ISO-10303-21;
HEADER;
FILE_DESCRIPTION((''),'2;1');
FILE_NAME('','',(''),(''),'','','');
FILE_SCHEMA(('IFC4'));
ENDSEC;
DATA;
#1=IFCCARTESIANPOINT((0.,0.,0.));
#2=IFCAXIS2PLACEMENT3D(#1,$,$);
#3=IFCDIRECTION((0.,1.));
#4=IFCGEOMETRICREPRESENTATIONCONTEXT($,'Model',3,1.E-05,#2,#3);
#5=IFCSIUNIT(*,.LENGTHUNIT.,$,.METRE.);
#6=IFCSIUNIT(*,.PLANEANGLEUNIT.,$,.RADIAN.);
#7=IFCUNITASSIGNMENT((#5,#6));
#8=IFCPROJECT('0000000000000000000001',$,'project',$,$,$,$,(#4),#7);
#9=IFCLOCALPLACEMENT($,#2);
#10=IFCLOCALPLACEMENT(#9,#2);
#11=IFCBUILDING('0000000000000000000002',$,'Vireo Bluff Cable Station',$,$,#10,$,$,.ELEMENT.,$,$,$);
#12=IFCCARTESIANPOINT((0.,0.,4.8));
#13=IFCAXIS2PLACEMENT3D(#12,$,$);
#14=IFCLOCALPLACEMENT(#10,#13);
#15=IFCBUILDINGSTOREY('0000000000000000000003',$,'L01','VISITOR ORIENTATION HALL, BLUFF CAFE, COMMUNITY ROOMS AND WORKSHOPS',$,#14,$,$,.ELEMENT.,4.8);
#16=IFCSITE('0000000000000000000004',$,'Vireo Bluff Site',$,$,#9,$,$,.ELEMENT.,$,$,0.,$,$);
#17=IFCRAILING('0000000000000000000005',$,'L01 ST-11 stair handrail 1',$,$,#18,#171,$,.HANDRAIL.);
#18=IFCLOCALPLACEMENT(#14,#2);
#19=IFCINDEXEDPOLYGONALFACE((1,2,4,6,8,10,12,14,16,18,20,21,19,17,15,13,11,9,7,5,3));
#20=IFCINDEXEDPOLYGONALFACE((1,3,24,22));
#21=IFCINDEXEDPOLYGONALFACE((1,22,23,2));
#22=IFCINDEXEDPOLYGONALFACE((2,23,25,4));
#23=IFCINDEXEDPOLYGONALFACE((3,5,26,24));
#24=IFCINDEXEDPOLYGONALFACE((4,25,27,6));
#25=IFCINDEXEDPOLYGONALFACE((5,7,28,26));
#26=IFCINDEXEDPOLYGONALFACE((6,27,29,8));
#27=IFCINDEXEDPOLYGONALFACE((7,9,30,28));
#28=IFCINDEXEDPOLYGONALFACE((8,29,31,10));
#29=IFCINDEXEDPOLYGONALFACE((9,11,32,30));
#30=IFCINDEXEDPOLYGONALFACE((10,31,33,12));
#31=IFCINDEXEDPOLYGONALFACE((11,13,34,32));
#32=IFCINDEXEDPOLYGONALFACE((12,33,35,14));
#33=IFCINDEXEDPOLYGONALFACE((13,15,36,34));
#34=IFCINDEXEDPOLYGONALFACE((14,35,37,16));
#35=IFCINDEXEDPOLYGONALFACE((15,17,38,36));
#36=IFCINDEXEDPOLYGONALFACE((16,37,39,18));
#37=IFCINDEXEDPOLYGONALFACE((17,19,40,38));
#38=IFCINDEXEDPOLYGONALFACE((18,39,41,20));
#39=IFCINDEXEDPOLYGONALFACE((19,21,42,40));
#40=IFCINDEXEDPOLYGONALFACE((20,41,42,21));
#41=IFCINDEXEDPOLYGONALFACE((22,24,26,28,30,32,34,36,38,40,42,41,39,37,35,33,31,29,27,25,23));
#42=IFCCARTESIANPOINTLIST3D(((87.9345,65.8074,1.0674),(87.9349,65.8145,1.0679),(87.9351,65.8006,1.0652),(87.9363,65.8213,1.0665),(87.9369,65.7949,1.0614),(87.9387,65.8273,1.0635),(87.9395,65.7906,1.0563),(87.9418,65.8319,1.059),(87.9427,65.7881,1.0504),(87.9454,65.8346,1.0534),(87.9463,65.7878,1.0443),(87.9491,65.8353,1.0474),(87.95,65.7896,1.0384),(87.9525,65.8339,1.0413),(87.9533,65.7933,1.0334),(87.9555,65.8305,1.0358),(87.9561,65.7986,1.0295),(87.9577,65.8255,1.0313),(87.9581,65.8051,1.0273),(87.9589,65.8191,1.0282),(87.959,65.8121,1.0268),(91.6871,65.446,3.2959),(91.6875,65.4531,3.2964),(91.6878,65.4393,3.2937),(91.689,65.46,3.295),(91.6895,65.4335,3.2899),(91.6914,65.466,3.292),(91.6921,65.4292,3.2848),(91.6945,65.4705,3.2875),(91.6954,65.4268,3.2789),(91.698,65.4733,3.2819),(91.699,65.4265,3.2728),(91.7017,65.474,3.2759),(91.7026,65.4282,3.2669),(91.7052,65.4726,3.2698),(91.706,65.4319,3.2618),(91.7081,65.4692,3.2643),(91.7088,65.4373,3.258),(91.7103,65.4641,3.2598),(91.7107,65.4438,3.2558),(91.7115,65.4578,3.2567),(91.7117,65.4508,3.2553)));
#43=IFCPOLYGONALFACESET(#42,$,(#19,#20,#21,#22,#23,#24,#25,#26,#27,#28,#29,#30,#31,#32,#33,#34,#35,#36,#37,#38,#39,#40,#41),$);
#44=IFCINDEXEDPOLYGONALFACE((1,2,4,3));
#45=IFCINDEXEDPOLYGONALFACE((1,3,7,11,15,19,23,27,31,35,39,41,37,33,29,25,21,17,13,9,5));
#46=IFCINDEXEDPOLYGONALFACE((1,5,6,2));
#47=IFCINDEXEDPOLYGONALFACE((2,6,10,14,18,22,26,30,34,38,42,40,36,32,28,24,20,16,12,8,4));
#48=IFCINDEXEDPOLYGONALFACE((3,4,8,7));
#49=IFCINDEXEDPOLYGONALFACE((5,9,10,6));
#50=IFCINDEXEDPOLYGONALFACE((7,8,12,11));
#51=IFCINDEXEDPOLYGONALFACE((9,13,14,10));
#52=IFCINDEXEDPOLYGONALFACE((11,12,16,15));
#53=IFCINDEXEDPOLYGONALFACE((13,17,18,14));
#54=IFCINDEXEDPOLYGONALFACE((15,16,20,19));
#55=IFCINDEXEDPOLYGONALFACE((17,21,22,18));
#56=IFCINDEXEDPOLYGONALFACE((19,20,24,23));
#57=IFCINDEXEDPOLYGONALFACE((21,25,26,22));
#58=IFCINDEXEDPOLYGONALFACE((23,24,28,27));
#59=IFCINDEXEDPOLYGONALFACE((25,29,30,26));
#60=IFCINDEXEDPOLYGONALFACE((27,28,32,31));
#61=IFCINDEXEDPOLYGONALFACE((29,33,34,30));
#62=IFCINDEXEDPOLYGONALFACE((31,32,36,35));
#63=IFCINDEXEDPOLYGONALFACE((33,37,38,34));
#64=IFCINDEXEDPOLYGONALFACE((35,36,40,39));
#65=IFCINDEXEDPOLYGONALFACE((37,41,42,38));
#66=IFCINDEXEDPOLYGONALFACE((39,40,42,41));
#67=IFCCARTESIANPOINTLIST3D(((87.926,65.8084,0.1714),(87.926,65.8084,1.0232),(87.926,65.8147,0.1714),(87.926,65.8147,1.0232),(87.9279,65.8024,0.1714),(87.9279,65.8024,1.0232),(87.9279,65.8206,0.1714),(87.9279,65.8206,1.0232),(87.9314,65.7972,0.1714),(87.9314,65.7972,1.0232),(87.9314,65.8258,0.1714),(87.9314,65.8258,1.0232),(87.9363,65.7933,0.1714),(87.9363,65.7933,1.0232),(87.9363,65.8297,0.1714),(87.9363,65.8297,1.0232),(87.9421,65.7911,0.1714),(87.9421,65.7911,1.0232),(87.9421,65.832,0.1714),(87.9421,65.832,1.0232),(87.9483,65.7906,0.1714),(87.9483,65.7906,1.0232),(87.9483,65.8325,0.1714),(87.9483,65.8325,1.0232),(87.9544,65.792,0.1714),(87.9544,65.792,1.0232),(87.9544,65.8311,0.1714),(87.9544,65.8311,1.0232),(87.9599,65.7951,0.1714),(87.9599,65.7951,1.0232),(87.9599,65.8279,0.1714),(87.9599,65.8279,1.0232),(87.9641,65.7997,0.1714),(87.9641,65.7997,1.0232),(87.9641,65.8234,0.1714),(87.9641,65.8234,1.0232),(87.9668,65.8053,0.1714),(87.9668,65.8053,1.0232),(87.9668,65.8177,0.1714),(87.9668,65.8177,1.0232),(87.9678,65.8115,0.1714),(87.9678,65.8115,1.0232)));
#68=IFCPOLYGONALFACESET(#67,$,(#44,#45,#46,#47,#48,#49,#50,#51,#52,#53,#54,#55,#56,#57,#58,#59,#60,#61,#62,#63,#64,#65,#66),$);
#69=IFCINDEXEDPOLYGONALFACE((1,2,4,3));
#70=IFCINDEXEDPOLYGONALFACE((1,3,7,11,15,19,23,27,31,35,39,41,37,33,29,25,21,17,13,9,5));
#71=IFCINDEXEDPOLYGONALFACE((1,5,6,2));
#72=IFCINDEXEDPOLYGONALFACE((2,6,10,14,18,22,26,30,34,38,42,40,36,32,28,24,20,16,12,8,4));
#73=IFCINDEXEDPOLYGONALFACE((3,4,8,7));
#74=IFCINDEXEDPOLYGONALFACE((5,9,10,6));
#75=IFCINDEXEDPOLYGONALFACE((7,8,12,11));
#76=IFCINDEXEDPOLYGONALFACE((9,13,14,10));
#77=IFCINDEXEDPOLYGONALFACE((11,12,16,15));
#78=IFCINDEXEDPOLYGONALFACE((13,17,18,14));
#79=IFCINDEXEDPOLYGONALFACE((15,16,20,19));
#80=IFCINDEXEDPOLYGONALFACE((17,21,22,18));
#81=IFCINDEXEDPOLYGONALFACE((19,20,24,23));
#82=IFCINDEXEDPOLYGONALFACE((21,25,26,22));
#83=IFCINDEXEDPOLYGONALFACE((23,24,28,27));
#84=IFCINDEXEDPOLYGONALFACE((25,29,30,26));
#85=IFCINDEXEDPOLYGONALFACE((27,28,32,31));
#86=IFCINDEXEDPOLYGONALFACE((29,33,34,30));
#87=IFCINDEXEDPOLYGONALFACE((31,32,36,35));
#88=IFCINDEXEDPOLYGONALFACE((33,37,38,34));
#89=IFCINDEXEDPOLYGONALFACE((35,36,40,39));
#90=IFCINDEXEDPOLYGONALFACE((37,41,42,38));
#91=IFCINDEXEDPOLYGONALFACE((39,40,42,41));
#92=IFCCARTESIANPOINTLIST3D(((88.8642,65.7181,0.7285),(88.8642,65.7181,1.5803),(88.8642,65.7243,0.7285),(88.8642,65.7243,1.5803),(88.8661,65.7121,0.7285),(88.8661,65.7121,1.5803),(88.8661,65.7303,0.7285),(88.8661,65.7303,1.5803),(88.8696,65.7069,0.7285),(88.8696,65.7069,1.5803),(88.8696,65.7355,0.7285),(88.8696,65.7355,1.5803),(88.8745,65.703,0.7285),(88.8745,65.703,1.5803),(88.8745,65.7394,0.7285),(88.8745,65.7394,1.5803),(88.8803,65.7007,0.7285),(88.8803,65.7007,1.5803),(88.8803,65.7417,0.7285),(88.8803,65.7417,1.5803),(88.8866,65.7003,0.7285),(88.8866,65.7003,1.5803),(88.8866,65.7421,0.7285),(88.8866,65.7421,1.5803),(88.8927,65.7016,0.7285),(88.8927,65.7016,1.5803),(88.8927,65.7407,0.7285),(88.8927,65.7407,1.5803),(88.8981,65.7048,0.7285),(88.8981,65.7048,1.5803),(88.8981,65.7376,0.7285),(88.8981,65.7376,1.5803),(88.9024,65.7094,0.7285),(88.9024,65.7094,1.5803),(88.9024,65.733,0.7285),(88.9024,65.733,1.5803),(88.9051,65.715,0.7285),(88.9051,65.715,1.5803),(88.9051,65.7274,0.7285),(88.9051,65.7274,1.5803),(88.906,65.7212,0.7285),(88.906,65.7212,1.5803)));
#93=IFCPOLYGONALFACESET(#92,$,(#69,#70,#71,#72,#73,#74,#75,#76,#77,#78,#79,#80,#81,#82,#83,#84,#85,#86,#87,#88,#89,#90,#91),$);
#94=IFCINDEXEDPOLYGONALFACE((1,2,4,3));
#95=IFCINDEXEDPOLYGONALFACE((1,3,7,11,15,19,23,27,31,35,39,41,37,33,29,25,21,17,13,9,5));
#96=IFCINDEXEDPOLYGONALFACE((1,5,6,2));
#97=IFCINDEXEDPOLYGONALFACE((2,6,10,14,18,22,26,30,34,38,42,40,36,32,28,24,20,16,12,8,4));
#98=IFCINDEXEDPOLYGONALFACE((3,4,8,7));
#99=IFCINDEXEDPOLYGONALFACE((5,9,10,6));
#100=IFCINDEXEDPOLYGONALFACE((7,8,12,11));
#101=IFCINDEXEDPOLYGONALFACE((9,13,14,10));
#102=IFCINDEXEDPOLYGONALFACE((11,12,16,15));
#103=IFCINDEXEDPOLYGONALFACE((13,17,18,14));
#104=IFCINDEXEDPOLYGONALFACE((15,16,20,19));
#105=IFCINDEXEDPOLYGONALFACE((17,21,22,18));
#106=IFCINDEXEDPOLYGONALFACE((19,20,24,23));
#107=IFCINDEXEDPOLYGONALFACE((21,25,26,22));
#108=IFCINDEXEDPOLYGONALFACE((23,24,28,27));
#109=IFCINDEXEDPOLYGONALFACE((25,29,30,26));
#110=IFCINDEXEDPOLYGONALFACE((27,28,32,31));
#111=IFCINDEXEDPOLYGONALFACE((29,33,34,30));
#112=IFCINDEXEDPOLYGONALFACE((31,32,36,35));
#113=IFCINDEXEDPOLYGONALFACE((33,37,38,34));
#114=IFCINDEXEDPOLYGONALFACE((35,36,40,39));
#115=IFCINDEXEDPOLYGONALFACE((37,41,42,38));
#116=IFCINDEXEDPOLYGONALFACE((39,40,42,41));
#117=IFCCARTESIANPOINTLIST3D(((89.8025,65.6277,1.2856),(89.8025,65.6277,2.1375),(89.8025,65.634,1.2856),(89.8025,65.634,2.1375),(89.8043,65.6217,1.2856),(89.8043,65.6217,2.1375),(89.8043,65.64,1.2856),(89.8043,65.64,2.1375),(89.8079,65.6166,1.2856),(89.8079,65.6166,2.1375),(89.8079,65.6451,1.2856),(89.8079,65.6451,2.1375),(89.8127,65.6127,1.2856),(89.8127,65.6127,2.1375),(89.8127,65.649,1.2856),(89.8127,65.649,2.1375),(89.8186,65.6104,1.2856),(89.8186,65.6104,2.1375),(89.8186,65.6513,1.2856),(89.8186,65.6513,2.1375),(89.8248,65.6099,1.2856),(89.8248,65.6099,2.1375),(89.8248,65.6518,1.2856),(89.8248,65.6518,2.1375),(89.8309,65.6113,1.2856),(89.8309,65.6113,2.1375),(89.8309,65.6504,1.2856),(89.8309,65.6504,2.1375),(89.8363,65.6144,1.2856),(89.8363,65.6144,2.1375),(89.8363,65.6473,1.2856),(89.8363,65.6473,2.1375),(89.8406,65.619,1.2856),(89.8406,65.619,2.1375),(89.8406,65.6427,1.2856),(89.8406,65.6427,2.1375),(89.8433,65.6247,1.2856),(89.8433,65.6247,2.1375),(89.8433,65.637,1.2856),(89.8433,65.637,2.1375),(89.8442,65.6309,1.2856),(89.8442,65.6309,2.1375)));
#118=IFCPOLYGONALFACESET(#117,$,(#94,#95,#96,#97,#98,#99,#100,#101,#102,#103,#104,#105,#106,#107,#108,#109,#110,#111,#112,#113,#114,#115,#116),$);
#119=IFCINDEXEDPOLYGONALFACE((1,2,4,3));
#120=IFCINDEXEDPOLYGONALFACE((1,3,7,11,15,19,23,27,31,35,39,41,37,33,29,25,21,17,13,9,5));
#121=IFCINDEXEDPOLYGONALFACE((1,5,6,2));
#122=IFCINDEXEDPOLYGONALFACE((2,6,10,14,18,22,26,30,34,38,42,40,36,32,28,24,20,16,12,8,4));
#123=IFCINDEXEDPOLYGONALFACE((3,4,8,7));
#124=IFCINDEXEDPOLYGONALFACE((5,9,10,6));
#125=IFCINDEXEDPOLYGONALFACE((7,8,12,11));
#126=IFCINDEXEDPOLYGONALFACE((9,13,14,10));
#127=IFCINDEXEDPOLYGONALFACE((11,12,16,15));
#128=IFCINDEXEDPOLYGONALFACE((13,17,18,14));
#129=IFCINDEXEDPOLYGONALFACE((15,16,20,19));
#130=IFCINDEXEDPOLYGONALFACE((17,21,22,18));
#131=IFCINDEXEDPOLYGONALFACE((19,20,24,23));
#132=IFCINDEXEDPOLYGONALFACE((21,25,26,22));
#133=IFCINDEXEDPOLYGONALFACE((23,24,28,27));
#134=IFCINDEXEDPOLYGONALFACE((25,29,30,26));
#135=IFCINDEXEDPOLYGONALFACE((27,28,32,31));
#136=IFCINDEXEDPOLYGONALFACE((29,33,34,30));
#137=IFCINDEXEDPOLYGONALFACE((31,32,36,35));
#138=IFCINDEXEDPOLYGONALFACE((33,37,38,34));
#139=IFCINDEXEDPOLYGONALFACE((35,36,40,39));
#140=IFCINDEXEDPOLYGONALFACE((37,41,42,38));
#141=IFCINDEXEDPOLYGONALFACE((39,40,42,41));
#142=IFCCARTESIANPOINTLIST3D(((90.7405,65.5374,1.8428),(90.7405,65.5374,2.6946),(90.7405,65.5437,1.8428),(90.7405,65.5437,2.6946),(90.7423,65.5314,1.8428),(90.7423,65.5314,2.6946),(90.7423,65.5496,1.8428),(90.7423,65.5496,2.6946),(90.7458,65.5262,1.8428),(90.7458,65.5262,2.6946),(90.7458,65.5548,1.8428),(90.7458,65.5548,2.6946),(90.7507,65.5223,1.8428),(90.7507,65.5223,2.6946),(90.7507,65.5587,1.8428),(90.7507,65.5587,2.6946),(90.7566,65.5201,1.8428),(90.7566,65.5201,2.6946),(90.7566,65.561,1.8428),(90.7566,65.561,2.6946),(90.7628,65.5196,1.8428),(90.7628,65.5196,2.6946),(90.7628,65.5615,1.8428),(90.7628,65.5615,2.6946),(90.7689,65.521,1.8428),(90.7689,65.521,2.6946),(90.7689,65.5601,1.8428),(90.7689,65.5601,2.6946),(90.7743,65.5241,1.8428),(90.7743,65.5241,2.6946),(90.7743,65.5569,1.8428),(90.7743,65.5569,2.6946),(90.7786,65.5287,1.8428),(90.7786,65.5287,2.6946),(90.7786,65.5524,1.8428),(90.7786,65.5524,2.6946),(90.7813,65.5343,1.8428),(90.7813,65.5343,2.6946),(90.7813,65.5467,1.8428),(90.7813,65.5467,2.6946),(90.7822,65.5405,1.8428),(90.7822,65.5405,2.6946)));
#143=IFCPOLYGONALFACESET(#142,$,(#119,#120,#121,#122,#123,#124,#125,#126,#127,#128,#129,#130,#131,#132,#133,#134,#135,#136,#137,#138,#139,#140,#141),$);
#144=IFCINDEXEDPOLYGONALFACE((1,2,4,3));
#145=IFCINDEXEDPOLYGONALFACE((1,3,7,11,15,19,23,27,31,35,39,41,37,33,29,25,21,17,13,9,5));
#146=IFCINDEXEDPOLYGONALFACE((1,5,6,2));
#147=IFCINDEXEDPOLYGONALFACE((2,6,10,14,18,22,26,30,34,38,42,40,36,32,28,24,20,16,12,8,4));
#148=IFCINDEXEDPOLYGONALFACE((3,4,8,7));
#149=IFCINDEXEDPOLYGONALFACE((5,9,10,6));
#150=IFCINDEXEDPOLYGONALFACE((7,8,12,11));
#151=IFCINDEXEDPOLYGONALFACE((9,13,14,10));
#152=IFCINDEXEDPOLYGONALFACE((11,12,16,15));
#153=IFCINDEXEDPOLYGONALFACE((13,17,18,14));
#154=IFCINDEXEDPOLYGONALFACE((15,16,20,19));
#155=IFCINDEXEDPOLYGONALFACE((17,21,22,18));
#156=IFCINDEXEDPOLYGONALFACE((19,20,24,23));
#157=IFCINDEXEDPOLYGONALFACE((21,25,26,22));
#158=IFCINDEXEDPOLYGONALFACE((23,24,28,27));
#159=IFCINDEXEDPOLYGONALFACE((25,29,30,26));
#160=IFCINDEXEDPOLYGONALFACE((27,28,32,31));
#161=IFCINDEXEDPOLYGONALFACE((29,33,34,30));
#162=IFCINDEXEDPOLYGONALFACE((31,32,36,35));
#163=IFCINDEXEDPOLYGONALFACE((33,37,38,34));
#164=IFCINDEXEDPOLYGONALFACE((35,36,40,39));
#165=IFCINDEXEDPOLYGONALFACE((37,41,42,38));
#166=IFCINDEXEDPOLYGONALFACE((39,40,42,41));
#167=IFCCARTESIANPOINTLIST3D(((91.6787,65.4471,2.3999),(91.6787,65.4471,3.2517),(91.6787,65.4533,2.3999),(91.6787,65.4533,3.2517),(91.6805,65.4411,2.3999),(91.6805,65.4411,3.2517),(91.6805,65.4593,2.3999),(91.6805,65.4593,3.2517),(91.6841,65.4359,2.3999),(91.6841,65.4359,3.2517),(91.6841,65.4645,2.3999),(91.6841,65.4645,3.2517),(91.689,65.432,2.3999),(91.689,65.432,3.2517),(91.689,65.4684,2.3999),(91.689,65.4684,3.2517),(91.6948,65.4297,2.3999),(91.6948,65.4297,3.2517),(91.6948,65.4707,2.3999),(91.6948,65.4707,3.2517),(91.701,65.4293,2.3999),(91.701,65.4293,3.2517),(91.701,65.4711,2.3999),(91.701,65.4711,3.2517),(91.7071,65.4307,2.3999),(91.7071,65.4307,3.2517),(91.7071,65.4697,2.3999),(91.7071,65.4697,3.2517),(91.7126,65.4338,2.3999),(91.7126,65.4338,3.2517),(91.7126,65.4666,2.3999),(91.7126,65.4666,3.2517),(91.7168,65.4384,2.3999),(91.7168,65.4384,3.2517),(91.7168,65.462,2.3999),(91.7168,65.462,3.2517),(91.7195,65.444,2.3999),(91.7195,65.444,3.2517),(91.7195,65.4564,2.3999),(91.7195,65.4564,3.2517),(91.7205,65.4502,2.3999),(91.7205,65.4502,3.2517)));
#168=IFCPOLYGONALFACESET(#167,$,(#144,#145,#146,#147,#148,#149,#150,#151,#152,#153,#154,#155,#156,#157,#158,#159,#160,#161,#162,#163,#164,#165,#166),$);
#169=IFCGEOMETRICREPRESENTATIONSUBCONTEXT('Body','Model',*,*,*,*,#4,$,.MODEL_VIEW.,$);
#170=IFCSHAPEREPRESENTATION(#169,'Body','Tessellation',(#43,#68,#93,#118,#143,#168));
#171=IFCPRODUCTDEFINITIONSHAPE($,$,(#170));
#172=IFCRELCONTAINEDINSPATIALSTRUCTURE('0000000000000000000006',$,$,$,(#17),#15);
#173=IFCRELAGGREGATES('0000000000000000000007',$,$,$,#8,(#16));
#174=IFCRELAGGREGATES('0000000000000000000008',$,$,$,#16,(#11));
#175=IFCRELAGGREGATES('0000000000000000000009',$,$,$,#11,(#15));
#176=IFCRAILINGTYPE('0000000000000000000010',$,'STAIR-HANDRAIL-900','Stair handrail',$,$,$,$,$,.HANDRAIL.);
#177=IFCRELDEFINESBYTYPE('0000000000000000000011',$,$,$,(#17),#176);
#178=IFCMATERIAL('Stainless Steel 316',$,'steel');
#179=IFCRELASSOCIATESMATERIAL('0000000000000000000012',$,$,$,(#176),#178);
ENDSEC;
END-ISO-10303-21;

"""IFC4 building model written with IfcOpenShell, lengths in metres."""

from ifc_helpers import new_model, si_unit, direction, frame, origin, origin_2d, place, context, subcontext, project, spatial, circle, extrude, material, type_object, element, save


model = new_model("IFC4")

# Units and contexts
model_context = context("Model", 3, precision=1e-05, world=origin(), true_north=direction((0.0, 1.0)))
body_context = subcontext(model_context, "Body", "Model", "MODEL_VIEW")
ifc_project = project(units=[si_unit("LENGTHUNIT", "METRE"), si_unit("PLANEANGLEUNIT", "RADIAN")], contexts=[model_context])

# Site, building, storey
site_placement = place(None, origin())
site = spatial("IfcSite", under=ifc_project, at=site_placement, Name="Vireo Bluff Site", CompositionType="ELEMENT", RefElevation=0.0)
building_placement = place(site_placement, origin())
building = spatial("IfcBuilding", under=site, at=building_placement, Name="Vireo Bluff Cable Station", CompositionType="ELEMENT")
storey_placement = place(building_placement, frame((0.0, 0.0, 4.8)))
storey = spatial("IfcBuildingStorey", under=building, at=storey_placement, Name="L01", Description="VISITOR ORIENTATION HALL, BLUFF CAFE, COMMUNITY ROOMS AND WORKSHOPS", CompositionType="ELEMENT", Elevation=4.8)

# Railing
ifc_material_1 = material(Name="Stainless Steel 316", Category="steel")
railing_type_1 = type_object("IfcRailingType", Name="STAIR-HANDRAIL-900", Description="Stair handrail", PredefinedType="HANDRAIL", material=ifc_material_1)
railing_1_placement = place(storey_placement, frame((87.9468, 65.8115, 0.1714)))
element("IfcRailing", 1, at=railing_1_placement, inside=storey, type_object=railing_type_1, Name="L01 ST-11 stair handrail 1", PredefinedType="HANDRAIL", context=body_context, shape_type="SweptSolid", body=[
    extrude(circle(Radius=0.0239, at=origin_2d()), frame((0.0, 0.0, 0.876), z_axis=(0.856887, -0.082506, 0.508859), x_axis=(0.095842, 0.995397, 0.0)), (0.0, 0.0, 1.0), 4.3794),
    extrude(circle(Radius=0.021, at=origin_2d()), origin(), (0.0, 0.0, 1.0), 0.8518),
    extrude(circle(Radius=0.021, at=origin_2d()), frame((0.9382, -0.0903, 0.5571)), (0.0, 0.0, 1.0), 0.8518),
    extrude(circle(Radius=0.021, at=origin_2d()), frame((1.8765, -0.1807, 1.1143)), (0.0, 0.0, 1.0), 0.8518),
    extrude(circle(Radius=0.021, at=origin_2d()), frame((2.8145, -0.271, 1.6714)), (0.0, 0.0, 1.0), 0.8518),
    extrude(circle(Radius=0.021, at=origin_2d()), frame((3.7527, -0.3613, 2.2285)), (0.0, 0.0, 1.0), 0.8518),
])

save(model, "model.ifc")
